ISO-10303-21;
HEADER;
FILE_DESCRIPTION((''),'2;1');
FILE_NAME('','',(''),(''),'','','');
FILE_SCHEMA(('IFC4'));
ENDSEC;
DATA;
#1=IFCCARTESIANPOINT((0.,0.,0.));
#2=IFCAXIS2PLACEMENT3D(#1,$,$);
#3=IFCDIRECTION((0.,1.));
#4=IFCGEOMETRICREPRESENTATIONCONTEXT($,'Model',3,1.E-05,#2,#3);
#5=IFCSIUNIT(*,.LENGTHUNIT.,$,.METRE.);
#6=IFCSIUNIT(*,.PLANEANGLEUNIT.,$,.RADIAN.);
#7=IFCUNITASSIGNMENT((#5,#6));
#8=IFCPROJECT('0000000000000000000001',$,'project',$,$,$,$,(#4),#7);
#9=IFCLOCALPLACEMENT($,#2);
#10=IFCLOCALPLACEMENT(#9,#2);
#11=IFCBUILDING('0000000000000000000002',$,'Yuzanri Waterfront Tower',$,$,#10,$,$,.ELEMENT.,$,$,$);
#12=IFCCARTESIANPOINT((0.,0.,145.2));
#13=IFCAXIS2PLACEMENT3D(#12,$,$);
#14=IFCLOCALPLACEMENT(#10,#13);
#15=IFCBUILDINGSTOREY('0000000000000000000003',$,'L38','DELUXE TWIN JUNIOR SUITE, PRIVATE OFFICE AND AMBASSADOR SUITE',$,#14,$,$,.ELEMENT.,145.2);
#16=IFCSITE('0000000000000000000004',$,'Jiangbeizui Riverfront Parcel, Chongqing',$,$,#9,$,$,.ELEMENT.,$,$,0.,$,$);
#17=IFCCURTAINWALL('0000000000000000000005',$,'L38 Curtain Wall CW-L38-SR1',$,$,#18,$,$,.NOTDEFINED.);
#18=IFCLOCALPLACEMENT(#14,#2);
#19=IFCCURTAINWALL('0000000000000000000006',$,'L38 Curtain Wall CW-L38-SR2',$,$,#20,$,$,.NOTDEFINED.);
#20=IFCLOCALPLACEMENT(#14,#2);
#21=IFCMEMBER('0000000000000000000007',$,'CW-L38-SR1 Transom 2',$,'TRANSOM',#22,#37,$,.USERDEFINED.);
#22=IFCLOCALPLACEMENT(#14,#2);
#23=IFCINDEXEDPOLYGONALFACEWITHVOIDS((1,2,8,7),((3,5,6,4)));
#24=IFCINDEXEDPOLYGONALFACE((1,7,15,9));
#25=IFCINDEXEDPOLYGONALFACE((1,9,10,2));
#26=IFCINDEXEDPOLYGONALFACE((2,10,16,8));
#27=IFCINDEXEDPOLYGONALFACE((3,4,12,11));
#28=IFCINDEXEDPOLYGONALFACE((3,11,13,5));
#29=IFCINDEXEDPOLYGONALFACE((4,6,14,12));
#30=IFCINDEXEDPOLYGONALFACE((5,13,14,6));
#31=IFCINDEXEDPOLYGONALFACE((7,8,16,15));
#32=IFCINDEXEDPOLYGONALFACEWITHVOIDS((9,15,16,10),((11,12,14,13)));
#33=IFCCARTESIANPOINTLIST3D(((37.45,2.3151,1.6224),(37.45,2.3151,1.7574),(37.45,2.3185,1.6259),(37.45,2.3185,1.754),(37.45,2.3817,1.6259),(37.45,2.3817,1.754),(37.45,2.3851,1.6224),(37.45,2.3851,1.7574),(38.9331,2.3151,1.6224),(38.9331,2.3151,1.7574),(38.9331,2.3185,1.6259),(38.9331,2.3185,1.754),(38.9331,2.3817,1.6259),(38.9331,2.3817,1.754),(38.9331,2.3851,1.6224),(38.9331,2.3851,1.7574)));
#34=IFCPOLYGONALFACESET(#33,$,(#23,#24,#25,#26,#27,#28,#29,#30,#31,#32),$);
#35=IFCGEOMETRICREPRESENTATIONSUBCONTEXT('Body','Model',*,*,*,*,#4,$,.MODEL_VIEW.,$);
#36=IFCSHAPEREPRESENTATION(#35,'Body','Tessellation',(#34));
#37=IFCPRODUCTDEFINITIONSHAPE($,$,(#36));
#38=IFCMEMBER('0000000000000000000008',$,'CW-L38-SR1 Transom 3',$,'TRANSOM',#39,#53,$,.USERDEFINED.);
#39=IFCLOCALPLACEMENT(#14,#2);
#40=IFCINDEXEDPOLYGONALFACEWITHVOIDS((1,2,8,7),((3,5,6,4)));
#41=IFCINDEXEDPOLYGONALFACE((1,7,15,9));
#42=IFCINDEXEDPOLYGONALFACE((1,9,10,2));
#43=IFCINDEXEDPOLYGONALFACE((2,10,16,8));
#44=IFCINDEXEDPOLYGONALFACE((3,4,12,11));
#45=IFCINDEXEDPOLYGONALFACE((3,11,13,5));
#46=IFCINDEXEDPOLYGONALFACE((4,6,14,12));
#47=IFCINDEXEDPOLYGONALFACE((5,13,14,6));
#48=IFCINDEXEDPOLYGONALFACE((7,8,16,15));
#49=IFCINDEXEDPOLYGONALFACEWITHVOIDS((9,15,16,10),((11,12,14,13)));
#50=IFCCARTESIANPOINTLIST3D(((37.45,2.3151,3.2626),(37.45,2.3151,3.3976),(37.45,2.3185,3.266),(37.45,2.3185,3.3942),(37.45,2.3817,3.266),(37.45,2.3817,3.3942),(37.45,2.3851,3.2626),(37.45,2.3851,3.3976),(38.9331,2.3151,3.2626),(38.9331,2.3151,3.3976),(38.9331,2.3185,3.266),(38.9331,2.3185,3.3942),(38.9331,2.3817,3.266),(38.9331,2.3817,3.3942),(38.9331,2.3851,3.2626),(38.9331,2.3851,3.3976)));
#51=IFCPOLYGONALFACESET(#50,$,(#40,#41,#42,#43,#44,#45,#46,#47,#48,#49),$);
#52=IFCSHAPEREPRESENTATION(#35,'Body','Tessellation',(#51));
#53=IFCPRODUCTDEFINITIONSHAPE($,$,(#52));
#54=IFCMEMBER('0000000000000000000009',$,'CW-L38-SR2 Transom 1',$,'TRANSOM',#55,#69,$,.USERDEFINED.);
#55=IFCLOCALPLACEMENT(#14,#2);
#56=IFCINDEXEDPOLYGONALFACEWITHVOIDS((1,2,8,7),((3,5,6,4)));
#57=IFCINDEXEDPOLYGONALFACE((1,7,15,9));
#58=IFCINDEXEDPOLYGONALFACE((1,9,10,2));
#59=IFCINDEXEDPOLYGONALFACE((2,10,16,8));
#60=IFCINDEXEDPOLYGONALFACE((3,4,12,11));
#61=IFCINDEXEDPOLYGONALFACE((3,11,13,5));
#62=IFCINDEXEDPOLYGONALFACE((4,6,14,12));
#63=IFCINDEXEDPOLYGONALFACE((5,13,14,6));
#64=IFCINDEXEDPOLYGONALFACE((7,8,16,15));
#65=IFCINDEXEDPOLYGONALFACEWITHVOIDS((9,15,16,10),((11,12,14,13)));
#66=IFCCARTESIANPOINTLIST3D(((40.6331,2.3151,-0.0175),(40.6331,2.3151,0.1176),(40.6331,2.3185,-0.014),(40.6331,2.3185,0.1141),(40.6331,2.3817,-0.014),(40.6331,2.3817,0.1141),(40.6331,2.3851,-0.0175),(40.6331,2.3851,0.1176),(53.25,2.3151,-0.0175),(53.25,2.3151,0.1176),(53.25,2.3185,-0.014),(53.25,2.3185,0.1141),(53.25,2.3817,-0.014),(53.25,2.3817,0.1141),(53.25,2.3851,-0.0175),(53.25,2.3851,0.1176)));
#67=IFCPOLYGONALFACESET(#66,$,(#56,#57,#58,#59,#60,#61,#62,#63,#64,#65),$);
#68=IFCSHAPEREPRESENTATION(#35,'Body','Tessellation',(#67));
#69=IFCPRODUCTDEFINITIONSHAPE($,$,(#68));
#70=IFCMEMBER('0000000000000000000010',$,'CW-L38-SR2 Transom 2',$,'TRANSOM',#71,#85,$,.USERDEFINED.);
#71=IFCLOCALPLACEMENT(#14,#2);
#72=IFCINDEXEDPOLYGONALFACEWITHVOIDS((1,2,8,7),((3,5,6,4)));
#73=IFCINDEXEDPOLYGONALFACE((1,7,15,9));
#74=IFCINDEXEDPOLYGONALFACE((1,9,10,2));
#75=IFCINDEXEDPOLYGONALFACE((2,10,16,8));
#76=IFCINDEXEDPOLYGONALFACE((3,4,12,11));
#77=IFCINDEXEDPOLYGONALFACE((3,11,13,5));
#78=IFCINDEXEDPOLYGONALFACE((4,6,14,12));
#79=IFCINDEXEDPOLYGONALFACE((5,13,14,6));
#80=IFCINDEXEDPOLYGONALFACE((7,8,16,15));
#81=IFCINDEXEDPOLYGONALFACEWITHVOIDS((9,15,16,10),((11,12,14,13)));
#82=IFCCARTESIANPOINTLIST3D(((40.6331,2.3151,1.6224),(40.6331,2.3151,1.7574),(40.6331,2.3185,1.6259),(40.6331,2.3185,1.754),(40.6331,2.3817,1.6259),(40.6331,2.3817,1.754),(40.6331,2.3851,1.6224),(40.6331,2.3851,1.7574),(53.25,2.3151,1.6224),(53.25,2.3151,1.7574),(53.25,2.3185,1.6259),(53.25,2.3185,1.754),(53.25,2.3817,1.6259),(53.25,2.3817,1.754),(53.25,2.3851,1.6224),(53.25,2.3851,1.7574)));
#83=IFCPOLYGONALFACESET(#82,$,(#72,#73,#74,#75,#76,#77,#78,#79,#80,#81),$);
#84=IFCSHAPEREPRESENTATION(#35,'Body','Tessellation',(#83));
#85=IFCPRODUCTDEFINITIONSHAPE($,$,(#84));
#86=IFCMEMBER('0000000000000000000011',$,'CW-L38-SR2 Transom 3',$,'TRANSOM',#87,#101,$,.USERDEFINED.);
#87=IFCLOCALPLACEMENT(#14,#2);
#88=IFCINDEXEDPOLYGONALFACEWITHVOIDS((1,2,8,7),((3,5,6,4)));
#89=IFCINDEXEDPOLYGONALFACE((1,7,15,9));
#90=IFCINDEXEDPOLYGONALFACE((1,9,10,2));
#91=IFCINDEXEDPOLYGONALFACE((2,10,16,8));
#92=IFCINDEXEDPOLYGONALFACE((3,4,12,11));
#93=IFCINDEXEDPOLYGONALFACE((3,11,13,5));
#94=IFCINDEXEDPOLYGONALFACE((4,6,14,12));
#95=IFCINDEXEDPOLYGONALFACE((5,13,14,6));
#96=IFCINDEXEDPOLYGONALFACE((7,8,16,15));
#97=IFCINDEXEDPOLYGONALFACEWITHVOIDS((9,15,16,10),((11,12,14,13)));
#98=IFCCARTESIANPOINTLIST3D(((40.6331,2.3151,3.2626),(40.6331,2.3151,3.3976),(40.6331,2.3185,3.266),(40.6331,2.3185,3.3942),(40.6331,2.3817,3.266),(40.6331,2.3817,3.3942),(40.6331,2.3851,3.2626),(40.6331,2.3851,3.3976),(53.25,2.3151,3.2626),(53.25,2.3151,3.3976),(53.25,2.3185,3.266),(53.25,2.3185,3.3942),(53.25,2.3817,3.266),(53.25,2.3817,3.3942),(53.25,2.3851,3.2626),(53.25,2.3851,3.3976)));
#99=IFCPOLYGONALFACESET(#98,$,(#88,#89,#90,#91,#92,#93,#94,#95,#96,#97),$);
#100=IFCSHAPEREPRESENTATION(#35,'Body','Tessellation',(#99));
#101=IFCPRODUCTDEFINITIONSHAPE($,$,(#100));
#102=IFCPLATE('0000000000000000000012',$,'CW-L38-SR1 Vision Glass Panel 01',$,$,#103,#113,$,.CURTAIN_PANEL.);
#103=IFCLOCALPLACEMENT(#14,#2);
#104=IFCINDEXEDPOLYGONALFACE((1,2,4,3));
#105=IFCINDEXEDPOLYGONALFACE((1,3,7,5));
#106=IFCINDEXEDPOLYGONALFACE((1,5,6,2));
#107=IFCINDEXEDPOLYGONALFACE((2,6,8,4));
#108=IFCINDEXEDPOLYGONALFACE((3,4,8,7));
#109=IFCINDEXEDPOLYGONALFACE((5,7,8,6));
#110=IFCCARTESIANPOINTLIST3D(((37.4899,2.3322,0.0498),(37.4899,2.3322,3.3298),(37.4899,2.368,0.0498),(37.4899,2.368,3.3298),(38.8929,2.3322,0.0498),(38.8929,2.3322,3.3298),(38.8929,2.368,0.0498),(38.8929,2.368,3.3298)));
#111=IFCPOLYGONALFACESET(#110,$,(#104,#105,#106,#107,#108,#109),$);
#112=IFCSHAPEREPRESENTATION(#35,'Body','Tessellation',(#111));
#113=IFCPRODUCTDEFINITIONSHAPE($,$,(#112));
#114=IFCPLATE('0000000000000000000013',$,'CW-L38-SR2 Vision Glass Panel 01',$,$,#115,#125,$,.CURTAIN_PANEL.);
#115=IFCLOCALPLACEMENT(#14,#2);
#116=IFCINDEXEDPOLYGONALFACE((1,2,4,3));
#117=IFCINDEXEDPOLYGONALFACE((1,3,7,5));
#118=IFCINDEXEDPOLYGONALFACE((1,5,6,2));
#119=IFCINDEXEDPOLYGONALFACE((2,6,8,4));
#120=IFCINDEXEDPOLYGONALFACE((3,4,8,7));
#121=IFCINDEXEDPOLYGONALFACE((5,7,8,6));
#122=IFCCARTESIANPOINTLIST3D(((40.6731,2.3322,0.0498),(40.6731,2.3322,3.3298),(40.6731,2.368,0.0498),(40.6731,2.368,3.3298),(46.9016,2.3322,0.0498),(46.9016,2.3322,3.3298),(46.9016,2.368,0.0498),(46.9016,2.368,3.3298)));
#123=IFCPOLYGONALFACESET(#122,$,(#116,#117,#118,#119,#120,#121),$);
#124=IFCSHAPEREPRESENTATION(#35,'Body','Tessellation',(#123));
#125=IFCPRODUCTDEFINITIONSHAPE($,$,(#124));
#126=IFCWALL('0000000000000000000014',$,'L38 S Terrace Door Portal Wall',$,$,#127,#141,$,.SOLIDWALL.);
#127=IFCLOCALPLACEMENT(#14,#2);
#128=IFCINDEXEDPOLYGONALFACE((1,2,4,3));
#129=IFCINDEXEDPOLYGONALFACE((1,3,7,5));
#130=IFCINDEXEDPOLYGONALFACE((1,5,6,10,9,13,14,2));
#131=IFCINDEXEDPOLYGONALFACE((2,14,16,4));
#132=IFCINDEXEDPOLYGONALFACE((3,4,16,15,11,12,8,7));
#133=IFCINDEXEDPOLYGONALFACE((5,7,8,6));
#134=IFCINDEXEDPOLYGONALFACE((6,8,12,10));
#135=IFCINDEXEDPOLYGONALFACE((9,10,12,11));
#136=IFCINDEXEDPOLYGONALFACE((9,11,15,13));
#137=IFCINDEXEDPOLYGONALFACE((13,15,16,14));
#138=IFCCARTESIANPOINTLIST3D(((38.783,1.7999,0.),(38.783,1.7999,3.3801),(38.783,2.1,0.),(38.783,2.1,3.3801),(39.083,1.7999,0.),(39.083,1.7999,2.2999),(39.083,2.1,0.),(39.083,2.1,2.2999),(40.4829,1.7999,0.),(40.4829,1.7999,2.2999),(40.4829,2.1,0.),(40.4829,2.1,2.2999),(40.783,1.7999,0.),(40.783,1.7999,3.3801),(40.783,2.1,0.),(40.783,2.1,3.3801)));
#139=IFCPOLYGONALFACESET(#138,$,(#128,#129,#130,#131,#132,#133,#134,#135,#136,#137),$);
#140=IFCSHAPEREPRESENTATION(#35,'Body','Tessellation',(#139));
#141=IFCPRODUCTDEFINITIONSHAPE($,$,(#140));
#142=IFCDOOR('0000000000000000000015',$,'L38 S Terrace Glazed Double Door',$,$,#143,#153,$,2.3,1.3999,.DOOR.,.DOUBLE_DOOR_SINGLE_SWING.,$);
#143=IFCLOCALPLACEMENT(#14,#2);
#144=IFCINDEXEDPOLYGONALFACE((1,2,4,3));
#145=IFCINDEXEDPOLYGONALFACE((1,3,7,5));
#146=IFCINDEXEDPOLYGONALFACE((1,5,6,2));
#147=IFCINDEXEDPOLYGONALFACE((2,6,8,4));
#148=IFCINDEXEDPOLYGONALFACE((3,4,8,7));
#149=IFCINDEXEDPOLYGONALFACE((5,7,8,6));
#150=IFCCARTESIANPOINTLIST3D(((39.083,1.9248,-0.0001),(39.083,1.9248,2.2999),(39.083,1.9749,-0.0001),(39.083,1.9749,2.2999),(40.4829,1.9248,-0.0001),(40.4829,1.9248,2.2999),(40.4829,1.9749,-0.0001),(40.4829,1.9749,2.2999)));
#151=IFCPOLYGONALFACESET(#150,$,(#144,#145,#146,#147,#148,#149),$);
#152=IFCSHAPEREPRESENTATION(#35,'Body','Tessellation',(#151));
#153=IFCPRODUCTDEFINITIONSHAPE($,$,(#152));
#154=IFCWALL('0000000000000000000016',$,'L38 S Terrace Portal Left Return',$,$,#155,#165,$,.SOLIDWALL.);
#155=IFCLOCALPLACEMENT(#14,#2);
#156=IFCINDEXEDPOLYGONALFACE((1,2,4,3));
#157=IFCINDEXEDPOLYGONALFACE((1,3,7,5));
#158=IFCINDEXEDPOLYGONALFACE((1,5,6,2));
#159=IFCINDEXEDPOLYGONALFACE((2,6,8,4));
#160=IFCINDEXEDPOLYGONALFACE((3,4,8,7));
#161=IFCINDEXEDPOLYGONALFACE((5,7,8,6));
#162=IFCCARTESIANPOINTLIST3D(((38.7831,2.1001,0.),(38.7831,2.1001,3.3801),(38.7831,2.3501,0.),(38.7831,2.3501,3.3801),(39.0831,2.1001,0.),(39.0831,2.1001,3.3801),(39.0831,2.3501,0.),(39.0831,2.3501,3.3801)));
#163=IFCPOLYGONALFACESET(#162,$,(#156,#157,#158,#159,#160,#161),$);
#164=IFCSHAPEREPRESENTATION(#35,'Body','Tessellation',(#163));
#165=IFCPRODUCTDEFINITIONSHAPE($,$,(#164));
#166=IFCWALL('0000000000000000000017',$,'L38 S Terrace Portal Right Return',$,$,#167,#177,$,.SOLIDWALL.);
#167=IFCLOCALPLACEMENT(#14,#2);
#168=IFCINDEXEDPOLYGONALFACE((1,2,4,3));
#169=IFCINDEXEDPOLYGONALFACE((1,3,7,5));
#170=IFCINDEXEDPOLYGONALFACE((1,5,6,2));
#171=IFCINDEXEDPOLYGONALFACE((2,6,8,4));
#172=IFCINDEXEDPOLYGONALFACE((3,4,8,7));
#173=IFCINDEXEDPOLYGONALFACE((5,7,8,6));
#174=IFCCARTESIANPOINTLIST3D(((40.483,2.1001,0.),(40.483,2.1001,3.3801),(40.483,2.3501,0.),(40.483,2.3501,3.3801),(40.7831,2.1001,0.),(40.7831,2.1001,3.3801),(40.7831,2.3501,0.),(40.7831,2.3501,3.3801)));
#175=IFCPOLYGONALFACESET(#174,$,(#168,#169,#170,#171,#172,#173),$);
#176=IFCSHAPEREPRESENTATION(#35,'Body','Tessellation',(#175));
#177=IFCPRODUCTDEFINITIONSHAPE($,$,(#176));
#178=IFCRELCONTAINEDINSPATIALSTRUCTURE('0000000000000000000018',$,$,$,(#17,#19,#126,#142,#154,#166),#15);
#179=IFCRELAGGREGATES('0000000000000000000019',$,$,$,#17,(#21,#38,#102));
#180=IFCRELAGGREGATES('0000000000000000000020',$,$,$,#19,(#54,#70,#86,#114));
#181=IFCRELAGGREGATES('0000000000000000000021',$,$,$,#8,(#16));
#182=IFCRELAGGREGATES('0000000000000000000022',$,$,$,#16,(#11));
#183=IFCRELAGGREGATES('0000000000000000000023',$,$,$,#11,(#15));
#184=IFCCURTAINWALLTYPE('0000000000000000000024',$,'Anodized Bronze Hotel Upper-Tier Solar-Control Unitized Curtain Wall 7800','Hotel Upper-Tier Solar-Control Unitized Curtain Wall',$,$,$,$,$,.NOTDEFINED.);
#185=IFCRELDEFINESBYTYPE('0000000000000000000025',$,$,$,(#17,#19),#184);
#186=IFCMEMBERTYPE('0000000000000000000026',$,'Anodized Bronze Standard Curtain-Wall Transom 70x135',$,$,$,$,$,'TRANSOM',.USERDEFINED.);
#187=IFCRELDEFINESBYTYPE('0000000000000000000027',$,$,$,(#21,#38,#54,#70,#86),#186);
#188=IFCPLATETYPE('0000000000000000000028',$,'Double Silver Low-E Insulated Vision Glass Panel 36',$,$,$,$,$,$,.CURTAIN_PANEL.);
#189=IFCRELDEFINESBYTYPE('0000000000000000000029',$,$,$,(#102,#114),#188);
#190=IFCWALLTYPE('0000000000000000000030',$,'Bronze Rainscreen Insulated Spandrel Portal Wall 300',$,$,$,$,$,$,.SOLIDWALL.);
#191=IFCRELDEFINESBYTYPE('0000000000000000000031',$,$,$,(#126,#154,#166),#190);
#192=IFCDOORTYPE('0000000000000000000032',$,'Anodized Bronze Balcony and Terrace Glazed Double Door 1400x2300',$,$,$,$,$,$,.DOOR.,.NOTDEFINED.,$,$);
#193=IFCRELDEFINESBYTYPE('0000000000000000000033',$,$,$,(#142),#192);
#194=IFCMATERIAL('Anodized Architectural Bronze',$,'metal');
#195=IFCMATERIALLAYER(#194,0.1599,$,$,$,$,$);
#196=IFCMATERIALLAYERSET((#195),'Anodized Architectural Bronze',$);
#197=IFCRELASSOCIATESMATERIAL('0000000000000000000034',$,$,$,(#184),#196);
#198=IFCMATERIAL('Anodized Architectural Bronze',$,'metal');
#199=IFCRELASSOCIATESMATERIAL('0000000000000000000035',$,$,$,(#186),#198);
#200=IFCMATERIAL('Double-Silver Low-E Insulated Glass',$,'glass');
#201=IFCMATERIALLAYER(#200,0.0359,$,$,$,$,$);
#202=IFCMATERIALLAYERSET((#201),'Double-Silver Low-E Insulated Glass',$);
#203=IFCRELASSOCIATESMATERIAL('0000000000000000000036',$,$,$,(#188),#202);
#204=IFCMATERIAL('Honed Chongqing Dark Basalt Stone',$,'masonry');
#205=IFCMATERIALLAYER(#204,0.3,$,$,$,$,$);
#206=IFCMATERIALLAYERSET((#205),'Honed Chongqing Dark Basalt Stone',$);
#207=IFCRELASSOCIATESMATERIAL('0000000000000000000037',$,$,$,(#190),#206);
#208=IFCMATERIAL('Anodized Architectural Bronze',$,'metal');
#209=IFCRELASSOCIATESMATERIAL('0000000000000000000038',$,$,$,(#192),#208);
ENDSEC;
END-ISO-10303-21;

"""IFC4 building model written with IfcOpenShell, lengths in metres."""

from ifc_helpers import new_model, si_unit, direction, frame, frame_2d, origin, origin_2d, place, context, subcontext, project, spatial, rectangle, hollow_rectangle, extrude, source, transform, mapped, material, layer, layer_set, material_profile, profile_set, type_object, element, fill, aggregate, save


model = new_model("IFC4")

# Units and contexts
model_context = context("Model", 3, precision=1e-05, world=origin(), true_north=direction((0.0, 1.0)))
body_context = subcontext(model_context, "Body", "Model", "MODEL_VIEW")
ifc_project = project(units=[si_unit("LENGTHUNIT", "METRE"), si_unit("PLANEANGLEUNIT", "RADIAN")], contexts=[model_context])

# Site, building, storey
site_placement = place(None, origin())
site = spatial("IfcSite", under=ifc_project, at=site_placement, Name="Jiangbeizui Riverfront Parcel, Chongqing", CompositionType="ELEMENT", RefElevation=0.0)
building_placement = place(site_placement, origin())
building = spatial("IfcBuilding", under=site, at=building_placement, Name="Yuzanri Waterfront Tower", CompositionType="ELEMENT")
storey_placement = place(building_placement, frame((0.0, 0.0, 145.2)))
storey = spatial("IfcBuildingStorey", under=building, at=storey_placement, Name="L38", Description="DELUXE TWIN JUNIOR SUITE, PRIVATE OFFICE AND AMBASSADOR SUITE", CompositionType="ELEMENT", Elevation=145.2)

# Curtain walls
ifc_material_1 = material(Name="Anodized Architectural Bronze", Category="metal")
ifc_layer_1 = layer(ifc_material_1, 0.1599)
ifc_layer_set_1 = layer_set([ifc_layer_1], Name="Anodized Architectural Bronze")
curtain_wall_type = type_object("IfcCurtainWallType", Name="Anodized Bronze Hotel Upper-Tier Solar-Control Unitized Curtain Wall 7800", Description="Hotel Upper-Tier Solar-Control Unitized Curtain Wall", PredefinedType="NOTDEFINED", material=ifc_layer_set_1)
curtain_wall_1_placement = place(storey_placement, origin())
curtain_wall_1 = element("IfcCurtainWall", 1, at=curtain_wall_1_placement, inside=storey, type_object=curtain_wall_type, Name="L38 Curtain Wall CW-L38-SR1", PredefinedType="NOTDEFINED")
curtain_wall_2_placement = place(storey_placement, origin())
curtain_wall_2 = element("IfcCurtainWall", 2, at=curtain_wall_2_placement, inside=storey, type_object=curtain_wall_type, Name="L38 Curtain Wall CW-L38-SR2", PredefinedType="NOTDEFINED")

# Members
ifc_material_2 = material(Name="Anodized Architectural Bronze", Category="metal")
ifc_material_profile_1 = material_profile(ifc_material_2, hollow_rectangle(XDim=0.0701, YDim=0.135, WallThickness=0.0034, at=origin_2d()), Name="CWT 70x135")
ifc_profile_set_1 = profile_set([ifc_material_profile_1], Name="Anodized Architectural Bronze")
member_type_1 = type_object("IfcMemberType", Name="Anodized Bronze Standard Curtain-Wall Transom 70x135", ElementType="TRANSOM", PredefinedType="USERDEFINED", material=ifc_profile_set_1)
shared_shape_1 = source(origin(), body_context, "Body", "SweptSolid", [
    extrude(hollow_rectangle(XDim=0.0701, YDim=0.135, WallThickness=0.0034, at=origin_2d()), origin(), (0.0, 0.0, 1.0), 1.4832),
])
member_1_placement = place(storey_placement, frame((37.45, 2.3501, 1.6899), z_axis=(1.0, 0.0, 0.0), x_axis=(0.0, 1.0, 0.0)))
member_1 = element("IfcMember", 3, at=member_1_placement, type_object=member_type_1, Name="CW-L38-SR1 Transom 2", ObjectType="TRANSOM", PredefinedType="USERDEFINED", context=body_context, shape_type="MappedRepresentation", body=[
    mapped(shared_shape_1, transform((0.0, 0.0, 0.0), scale=1.0)),
])
member_2_placement = place(storey_placement, frame((37.45, 2.3501, 3.3301), z_axis=(1.0, 0.0, 0.0), x_axis=(0.0, 1.0, 0.0)))
member_2 = element("IfcMember", 4, at=member_2_placement, type_object=member_type_1, Name="CW-L38-SR1 Transom 3", ObjectType="TRANSOM", PredefinedType="USERDEFINED", context=body_context, shape_type="MappedRepresentation", body=[
    mapped(shared_shape_1, transform((0.0, 0.0, 0.0), scale=1.0)),
])
shared_shape_2 = source(origin(), body_context, "Body", "SweptSolid", [
    extrude(hollow_rectangle(XDim=0.0701, YDim=0.135, WallThickness=0.0034, at=origin_2d()), origin(), (0.0, 0.0, 1.0), 12.6169),
])
member_3_placement = place(storey_placement, frame((40.6331, 2.3501, 0.05), z_axis=(1.0, 0.0, 0.0), x_axis=(0.0, 1.0, 0.0)))
member_3 = element("IfcMember", 5, at=member_3_placement, type_object=member_type_1, Name="CW-L38-SR2 Transom 1", ObjectType="TRANSOM", PredefinedType="USERDEFINED", context=body_context, shape_type="MappedRepresentation", body=[
    mapped(shared_shape_2, transform((0.0, 0.0, 0.0), scale=1.0)),
])
member_4_placement = place(storey_placement, frame((40.6331, 2.3501, 1.6899), z_axis=(1.0, 0.0, 0.0), x_axis=(0.0, 1.0, 0.0)))
member_4 = element("IfcMember", 6, at=member_4_placement, type_object=member_type_1, Name="CW-L38-SR2 Transom 2", ObjectType="TRANSOM", PredefinedType="USERDEFINED", context=body_context, shape_type="MappedRepresentation", body=[
    mapped(shared_shape_2, transform((0.0, 0.0, 0.0), scale=1.0)),
])
member_5_placement = place(storey_placement, frame((40.6331, 2.3501, 3.3301), z_axis=(1.0, 0.0, 0.0), x_axis=(0.0, 1.0, 0.0)))
member_5 = element("IfcMember", 7, at=member_5_placement, type_object=member_type_1, Name="CW-L38-SR2 Transom 3", ObjectType="TRANSOM", PredefinedType="USERDEFINED", context=body_context, shape_type="MappedRepresentation", body=[
    mapped(shared_shape_2, transform((0.0, 0.0, 0.0), scale=1.0)),
])

# Plates
ifc_material_3 = material(Name="Double-Silver Low-E Insulated Glass", Category="glass")
ifc_layer_2 = layer(ifc_material_3, 0.0359)
ifc_layer_set_2 = layer_set([ifc_layer_2], Name="Double-Silver Low-E Insulated Glass")
plate_type = type_object("IfcPlateType", Name="Double Silver Low-E Insulated Vision Glass Panel 36", PredefinedType="CURTAIN_PANEL", material=ifc_layer_set_2)
shared_shape_3 = source(origin(), body_context, "Body", "SweptSolid", [
    extrude(rectangle(XDim=1.4031, YDim=0.0359, at=origin_2d()), origin(), (0.0, 0.0, 1.0), 3.28),
])
plate_1_placement = place(storey_placement, frame((38.1914, 2.3501, 0.0498), z_axis=(0.0, 0.0, 1.0), x_axis=(1.0, 0.0, 0.0)))
plate_1 = element("IfcPlate", 8, at=plate_1_placement, type_object=plate_type, Name="CW-L38-SR1 Vision Glass Panel 01", PredefinedType="CURTAIN_PANEL", context=body_context, shape_type="MappedRepresentation", body=[
    mapped(shared_shape_3, transform((0.0, 0.0, 0.0), scale=1.0)),
])
aggregate(curtain_wall_1, [member_1, member_2, plate_1])
shared_shape_4 = source(origin(), body_context, "Body", "SweptSolid", [
    extrude(rectangle(XDim=6.2285, YDim=0.0359, at=origin_2d()), origin(), (0.0, 0.0, 1.0), 3.28),
])
plate_2_placement = place(storey_placement, frame((43.7874, 2.3501, 0.0498), z_axis=(0.0, 0.0, 1.0), x_axis=(1.0, 0.0, 0.0)))
plate_2 = element("IfcPlate", 9, at=plate_2_placement, type_object=plate_type, Name="CW-L38-SR2 Vision Glass Panel 01", PredefinedType="CURTAIN_PANEL", context=body_context, shape_type="MappedRepresentation", body=[
    mapped(shared_shape_4, transform((0.0, 0.0, 0.0), scale=1.0)),
])
aggregate(curtain_wall_2, [member_3, member_4, member_5, plate_2])

# Wall, opening, door
ifc_material_4 = material(Name="Honed Chongqing Dark Basalt Stone", Category="masonry")
ifc_layer_3 = layer(ifc_material_4, 0.3)
ifc_layer_set_3 = layer_set([ifc_layer_3], Name="Honed Chongqing Dark Basalt Stone")
wall_type_1 = type_object("IfcWallType", Name="Bronze Rainscreen Insulated Spandrel Portal Wall 300", PredefinedType="SOLIDWALL", material=ifc_layer_set_3)
wall_1_placement = place(storey_placement, frame((38.783, 1.95, 0.0), z_axis=(0.0, 0.0, 1.0), x_axis=(1.0, 0.0, 0.0)))
wall_1 = element("IfcWall", 10, at=wall_1_placement, inside=storey, type_object=wall_type_1, Name="L38 S Terrace Door Portal Wall", PredefinedType="SOLIDWALL", context=body_context, shape_type="SweptSolid", body=[
    extrude(rectangle(XDim=2.0, YDim=0.3, at=frame_2d((1.0, 0.0))), origin(), (0.0, 0.0, 1.0), 3.3801),
])
opening_placement = place(wall_1_placement, frame((0.3, 0.0, 0.0)))
opening = element("IfcOpeningElement", 11, at=opening_placement, cuts=wall_1, PredefinedType="OPENING", context=body_context, shape_type="SweptSolid", body=[
    extrude(rectangle(XDim=1.3999, YDim=2.3, at=frame_2d((0.7, 1.1499))), frame((0.0, 0.165, 0.0), z_axis=(0.0, -1.0, 0.0), x_axis=(1.0, 0.0, 0.0)), (0.0, 0.0, 1.0), 0.3298),
])
ifc_material_5 = material(Name="Anodized Architectural Bronze", Category="metal")
door_type = type_object("IfcDoorType", Name="Anodized Bronze Balcony and Terrace Glazed Double Door 1400x2300", OperationType="NOTDEFINED", PredefinedType="DOOR", material=ifc_material_5)
shared_shape_5 = source(origin(), body_context, "Body", "SweptSolid", [
    extrude(rectangle(XDim=1.3999, YDim=2.3, at=frame_2d((0.7, 1.1499))), frame((0.0, 0.0249, 0.0), z_axis=(0.0, -1.0, 0.0), x_axis=(1.0, 0.0, 0.0)), (0.0, 0.0, 1.0), 0.05),
])
door_placement = place(opening_placement, origin())
door = element("IfcDoor", 12, at=door_placement, inside=storey, type_object=door_type, Name="L38 S Terrace Glazed Double Door", OperationType="DOUBLE_DOOR_SINGLE_SWING", OverallHeight=2.3, OverallWidth=1.3999, PredefinedType="DOOR", context=body_context, shape_type="MappedRepresentation", body=[
    mapped(shared_shape_5, transform((0.0, 0.0, 0.0), scale=1.0)),
])
fill(opening, door)

# Walls
shared_shape_6 = source(origin(), body_context, "Body", "SweptSolid", [
    extrude(rectangle(XDim=0.25, YDim=0.3, at=frame_2d((0.125, 0.0))), origin(), (0.0, 0.0, 1.0), 3.3801),
])
for number, where, z_axis, x_axis, name in (
    (13, (38.9331, 2.3501, 0.0), (0.0, 0.0, 1.0), (0.0, -1.0, 0.0), "L38 S Terrace Portal Left Return"),
    (14, (40.6331, 2.1001, 0.0), (0.0, 0.0, 1.0), (0.0, 1.0, 0.0), "L38 S Terrace Portal Right Return"),
):
    element("IfcWall", number, at=place(storey_placement, frame(where, z_axis=z_axis, x_axis=x_axis)), inside=storey, type_object=wall_type_1, Name=name, PredefinedType="SOLIDWALL", context=body_context, shape_type="MappedRepresentation", body=[
        mapped(shared_shape_6, transform((0.0, 0.0, 0.0), scale=1.0)),
    ])

save(model, "model.ifc")
